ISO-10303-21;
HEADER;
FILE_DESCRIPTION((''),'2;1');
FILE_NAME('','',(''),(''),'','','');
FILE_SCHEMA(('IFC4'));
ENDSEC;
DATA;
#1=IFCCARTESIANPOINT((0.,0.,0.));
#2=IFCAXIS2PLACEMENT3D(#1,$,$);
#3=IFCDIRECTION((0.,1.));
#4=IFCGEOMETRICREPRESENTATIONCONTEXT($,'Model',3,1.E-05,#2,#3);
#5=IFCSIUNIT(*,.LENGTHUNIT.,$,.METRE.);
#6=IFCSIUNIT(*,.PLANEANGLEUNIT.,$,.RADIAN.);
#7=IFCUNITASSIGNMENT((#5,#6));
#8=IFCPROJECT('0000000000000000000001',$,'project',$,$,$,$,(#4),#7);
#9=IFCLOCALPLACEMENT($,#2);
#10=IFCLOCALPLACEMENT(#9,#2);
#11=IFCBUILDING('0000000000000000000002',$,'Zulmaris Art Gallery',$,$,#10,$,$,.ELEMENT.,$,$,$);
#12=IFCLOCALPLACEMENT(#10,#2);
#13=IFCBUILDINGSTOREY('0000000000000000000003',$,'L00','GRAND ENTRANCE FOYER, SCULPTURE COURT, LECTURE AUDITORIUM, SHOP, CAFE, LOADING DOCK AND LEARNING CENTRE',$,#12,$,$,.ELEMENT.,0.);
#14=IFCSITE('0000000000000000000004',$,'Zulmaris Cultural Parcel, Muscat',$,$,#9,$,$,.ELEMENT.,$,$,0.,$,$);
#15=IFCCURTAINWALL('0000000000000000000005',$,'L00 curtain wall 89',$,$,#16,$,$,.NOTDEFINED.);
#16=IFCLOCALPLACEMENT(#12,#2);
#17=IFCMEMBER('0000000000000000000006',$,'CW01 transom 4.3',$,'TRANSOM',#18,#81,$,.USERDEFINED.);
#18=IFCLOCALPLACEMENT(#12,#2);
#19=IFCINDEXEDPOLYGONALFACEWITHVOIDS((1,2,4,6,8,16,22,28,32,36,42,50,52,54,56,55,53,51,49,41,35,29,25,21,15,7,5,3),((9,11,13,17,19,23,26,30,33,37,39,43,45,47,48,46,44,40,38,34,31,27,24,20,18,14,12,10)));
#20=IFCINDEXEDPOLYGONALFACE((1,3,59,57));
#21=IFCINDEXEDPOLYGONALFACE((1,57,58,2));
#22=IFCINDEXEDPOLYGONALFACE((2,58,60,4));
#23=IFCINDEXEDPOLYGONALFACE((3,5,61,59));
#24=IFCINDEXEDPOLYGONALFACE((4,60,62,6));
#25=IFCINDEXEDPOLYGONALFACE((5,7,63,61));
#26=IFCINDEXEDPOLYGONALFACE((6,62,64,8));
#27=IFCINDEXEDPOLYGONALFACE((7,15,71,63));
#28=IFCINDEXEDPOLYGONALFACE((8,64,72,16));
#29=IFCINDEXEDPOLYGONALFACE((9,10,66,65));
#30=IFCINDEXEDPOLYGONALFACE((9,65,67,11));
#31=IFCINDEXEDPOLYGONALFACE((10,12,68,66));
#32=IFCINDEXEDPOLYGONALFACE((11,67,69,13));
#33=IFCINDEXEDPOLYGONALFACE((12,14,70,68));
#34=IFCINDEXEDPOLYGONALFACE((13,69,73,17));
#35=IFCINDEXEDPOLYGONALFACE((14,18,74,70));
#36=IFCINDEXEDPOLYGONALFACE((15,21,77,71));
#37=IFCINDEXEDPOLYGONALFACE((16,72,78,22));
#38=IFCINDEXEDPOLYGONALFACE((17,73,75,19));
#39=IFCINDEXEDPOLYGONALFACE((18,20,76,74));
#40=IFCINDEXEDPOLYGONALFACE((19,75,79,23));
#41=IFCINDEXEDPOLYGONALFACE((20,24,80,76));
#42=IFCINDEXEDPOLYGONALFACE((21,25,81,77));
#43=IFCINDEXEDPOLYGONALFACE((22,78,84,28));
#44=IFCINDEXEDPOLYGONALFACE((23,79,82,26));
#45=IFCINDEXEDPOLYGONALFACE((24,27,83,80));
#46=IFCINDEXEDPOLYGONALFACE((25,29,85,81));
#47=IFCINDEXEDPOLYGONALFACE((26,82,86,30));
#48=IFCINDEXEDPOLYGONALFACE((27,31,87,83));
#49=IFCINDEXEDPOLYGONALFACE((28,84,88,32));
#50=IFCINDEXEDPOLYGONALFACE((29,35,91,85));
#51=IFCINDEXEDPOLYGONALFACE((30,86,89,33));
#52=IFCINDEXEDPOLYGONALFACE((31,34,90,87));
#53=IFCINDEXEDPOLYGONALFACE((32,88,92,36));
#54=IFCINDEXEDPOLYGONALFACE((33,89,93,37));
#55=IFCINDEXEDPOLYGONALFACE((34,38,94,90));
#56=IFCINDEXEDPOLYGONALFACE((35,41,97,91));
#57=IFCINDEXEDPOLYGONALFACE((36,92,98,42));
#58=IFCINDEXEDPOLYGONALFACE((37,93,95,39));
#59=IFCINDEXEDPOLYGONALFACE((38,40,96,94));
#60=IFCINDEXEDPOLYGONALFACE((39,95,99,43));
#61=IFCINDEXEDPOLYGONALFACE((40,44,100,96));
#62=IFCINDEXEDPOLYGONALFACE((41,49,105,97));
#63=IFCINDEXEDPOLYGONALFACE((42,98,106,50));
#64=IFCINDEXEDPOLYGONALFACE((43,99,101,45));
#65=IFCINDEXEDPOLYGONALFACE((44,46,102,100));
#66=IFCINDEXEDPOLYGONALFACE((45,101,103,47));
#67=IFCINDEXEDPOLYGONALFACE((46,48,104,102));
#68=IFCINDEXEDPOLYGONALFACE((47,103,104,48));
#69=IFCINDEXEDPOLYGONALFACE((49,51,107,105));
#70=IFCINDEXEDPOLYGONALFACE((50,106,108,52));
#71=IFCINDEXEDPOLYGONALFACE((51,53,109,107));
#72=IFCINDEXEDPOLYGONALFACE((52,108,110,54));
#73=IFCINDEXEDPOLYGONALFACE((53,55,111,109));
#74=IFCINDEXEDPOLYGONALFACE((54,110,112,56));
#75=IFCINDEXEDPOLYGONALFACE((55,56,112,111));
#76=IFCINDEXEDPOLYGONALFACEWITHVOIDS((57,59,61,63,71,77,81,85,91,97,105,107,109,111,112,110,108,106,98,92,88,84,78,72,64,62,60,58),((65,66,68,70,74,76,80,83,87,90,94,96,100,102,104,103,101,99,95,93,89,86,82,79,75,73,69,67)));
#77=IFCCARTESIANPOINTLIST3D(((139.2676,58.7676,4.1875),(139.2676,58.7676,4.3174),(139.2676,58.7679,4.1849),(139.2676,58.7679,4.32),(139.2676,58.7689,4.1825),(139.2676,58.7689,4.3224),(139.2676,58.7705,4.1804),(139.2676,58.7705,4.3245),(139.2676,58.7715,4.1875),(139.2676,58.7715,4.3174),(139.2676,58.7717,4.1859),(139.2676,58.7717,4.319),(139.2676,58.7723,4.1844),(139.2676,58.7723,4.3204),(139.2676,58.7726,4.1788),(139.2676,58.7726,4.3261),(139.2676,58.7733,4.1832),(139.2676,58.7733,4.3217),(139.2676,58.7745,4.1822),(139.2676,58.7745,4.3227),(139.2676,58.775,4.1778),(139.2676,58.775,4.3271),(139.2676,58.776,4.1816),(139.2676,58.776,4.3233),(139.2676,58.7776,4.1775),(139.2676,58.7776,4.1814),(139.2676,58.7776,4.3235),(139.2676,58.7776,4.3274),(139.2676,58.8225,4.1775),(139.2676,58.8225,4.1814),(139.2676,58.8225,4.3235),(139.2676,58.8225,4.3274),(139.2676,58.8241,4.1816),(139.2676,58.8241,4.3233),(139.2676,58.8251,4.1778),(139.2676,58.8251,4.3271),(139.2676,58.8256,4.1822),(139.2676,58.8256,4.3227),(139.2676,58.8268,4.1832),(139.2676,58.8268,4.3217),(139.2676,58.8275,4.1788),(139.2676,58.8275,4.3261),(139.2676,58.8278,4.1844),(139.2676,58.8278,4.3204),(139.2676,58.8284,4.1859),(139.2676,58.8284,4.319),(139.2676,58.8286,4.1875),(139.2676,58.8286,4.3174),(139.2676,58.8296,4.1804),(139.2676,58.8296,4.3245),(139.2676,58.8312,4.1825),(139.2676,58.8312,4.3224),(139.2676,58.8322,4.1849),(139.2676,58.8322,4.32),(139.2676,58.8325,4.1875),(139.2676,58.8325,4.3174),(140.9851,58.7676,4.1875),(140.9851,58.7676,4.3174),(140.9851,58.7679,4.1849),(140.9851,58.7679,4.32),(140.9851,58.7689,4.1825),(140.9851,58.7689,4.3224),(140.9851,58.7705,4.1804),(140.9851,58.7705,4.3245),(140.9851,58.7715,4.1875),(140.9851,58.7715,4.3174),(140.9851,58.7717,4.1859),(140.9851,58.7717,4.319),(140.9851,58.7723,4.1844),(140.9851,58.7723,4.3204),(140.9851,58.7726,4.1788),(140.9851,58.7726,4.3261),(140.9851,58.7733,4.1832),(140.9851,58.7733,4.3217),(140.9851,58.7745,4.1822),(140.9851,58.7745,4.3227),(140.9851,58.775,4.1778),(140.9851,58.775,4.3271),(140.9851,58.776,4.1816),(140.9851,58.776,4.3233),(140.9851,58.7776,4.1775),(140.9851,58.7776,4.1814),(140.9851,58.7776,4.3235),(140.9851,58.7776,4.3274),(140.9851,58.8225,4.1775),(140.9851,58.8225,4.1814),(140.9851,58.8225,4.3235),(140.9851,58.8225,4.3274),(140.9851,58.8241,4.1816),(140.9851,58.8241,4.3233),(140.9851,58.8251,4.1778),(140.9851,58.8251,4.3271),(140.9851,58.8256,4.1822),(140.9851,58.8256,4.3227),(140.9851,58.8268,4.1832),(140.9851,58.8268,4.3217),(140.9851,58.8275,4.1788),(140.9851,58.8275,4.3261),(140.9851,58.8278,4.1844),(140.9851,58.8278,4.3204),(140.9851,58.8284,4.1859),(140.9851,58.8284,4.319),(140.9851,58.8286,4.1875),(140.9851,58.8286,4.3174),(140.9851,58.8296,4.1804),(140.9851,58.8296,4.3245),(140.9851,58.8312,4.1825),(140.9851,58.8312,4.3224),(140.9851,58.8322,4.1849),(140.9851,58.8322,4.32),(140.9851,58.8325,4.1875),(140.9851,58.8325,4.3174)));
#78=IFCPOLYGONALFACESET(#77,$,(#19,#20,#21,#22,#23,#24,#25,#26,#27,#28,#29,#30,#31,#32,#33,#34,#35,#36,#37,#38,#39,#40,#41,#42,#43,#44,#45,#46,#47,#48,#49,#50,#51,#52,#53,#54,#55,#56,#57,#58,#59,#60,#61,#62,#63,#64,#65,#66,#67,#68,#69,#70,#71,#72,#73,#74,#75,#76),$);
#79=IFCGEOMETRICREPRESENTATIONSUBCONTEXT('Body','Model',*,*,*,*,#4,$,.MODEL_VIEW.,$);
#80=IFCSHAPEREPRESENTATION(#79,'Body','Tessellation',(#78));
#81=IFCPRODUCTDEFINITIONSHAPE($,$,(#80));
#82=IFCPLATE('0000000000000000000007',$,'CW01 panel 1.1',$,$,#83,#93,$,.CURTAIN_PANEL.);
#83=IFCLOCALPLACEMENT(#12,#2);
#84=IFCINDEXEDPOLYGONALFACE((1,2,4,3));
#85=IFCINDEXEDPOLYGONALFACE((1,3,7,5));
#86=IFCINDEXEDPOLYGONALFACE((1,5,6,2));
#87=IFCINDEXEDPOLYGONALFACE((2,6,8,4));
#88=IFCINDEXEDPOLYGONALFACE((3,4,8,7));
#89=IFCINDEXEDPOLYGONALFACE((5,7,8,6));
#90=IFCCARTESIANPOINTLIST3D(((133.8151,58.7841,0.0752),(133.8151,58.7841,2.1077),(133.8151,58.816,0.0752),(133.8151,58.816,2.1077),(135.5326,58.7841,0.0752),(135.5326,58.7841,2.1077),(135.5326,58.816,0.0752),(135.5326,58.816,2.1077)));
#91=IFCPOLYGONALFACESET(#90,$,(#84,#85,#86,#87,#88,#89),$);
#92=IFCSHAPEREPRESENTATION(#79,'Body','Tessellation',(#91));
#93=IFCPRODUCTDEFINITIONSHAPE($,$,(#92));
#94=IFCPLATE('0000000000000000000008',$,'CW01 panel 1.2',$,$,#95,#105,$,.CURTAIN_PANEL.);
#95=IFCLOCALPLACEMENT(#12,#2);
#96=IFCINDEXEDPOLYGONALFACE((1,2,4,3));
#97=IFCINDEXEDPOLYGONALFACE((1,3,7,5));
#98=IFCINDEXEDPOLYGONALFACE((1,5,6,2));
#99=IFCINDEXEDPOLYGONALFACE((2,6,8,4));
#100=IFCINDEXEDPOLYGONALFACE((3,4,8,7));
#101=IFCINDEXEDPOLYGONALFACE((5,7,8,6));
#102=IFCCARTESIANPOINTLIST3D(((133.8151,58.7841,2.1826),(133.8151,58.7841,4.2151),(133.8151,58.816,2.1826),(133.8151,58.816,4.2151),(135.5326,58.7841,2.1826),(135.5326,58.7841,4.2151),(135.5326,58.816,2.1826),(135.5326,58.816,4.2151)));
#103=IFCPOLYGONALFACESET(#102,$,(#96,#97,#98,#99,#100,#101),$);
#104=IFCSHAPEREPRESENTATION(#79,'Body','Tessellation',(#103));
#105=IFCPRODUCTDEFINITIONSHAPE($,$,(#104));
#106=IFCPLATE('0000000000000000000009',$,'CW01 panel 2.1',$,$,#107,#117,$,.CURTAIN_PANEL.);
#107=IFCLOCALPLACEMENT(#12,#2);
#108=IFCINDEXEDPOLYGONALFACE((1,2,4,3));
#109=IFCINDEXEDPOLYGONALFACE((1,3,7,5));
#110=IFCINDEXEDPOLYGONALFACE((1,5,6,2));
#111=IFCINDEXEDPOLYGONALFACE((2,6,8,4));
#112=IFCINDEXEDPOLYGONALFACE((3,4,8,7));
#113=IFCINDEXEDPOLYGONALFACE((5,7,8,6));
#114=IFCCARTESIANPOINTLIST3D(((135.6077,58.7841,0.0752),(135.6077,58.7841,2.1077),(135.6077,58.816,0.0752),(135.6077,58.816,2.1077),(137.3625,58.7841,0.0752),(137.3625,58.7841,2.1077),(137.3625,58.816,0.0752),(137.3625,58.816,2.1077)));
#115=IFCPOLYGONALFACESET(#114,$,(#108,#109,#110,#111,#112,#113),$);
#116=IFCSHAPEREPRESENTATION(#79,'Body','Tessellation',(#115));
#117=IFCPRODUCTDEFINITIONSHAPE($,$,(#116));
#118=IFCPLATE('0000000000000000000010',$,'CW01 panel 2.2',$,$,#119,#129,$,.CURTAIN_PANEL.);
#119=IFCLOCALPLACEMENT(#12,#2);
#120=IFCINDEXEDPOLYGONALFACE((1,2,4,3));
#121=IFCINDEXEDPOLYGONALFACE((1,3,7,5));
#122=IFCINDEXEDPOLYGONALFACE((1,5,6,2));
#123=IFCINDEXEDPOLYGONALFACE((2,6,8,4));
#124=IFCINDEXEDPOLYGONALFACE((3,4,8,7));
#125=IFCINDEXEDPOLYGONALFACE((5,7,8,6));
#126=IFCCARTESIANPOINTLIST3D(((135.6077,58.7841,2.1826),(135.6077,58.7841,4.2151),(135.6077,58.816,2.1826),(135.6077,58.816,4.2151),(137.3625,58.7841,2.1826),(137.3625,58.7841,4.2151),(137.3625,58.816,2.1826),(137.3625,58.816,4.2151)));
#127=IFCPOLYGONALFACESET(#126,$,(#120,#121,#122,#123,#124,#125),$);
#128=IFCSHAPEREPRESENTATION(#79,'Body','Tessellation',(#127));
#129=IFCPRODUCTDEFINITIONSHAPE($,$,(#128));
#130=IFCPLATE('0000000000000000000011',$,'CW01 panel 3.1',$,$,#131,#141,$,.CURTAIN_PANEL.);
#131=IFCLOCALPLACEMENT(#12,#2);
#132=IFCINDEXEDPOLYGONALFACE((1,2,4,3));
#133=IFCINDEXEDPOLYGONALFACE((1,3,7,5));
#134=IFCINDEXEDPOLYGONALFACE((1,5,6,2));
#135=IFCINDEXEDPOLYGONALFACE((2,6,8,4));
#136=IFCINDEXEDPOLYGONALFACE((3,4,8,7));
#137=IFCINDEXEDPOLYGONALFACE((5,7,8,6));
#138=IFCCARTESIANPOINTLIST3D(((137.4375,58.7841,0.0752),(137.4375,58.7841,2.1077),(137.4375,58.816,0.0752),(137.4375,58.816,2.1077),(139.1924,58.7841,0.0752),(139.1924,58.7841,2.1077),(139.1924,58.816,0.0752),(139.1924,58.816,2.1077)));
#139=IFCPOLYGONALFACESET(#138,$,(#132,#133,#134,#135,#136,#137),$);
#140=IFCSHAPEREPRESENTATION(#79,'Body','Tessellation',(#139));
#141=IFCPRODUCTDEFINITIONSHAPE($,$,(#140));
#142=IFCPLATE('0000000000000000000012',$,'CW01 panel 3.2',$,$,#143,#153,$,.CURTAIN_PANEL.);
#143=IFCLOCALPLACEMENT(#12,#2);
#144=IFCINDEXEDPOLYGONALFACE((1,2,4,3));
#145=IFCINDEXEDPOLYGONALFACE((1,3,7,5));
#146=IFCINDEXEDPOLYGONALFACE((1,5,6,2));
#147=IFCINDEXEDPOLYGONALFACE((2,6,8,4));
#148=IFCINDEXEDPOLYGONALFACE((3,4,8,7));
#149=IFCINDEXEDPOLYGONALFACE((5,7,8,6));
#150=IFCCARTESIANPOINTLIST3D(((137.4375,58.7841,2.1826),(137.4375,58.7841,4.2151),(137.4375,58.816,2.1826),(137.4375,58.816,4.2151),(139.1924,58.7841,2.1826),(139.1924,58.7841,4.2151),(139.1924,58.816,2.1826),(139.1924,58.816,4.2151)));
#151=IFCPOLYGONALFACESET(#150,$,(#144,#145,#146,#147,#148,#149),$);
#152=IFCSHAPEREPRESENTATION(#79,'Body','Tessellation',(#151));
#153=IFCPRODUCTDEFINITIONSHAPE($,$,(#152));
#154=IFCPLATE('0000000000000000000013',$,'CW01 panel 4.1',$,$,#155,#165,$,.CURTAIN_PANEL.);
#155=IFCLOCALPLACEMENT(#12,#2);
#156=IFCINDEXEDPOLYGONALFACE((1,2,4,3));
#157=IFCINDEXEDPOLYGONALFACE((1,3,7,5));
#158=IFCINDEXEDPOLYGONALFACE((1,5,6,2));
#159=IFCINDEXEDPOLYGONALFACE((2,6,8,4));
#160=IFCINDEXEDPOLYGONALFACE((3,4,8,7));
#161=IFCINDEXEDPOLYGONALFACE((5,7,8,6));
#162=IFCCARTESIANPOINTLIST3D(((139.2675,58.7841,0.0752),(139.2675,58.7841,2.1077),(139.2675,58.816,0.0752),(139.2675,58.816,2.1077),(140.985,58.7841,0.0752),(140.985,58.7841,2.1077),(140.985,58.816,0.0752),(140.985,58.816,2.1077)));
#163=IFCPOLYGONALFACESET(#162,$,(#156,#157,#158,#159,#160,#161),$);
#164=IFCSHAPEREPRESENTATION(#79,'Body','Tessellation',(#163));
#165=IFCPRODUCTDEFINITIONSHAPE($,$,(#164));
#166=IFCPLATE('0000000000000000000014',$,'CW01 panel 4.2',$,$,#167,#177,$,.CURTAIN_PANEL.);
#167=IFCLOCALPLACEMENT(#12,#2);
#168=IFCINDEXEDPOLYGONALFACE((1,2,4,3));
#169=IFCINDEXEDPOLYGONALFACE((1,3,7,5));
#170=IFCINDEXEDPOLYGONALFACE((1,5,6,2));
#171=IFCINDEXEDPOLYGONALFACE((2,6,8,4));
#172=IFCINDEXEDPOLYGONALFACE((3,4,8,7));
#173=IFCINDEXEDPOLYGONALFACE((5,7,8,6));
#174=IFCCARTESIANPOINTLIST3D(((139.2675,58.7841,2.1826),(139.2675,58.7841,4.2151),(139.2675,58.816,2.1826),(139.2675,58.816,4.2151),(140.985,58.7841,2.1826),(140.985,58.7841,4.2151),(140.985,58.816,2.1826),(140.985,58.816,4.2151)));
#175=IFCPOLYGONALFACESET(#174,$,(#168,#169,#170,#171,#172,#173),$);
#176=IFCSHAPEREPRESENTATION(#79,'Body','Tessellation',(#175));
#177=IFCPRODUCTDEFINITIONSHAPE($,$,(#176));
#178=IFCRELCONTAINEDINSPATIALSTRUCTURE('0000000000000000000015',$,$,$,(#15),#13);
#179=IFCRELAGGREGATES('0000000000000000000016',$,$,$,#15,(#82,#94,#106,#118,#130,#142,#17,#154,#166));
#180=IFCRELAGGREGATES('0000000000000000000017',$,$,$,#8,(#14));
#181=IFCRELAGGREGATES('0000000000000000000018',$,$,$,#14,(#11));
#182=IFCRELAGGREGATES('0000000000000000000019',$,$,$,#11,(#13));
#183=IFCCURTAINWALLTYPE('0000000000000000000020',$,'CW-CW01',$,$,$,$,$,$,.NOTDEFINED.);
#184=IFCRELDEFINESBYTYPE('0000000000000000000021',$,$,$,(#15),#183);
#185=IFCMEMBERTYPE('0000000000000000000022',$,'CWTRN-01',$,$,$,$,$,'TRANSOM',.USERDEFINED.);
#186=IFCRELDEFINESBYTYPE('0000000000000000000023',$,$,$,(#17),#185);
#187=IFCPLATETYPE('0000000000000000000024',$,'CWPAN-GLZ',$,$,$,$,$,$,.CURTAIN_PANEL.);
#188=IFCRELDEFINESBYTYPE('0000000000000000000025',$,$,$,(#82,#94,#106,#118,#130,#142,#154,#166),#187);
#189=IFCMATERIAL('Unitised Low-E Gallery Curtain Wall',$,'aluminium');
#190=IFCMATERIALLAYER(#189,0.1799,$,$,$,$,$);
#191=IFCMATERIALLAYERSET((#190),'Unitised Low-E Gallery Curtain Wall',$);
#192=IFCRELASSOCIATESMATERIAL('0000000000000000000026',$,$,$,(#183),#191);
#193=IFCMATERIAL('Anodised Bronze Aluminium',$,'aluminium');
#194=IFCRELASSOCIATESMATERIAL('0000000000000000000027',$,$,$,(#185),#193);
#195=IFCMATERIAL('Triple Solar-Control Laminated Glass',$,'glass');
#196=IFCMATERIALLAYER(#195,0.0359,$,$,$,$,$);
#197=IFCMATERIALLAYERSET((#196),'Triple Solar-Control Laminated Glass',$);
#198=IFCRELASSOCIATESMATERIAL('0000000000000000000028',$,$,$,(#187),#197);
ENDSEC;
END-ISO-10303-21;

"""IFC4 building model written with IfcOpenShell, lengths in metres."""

from ifc_helpers import new_model, si_unit, direction, frame, origin, origin_2d, place, context, subcontext, project, spatial, rectangle, hollow_rectangle, extrude, material, layer, layer_set, material_profile, profile_set, type_object, element, aggregate, save


model = new_model("IFC4")

# Units and contexts
model_context = context("Model", 3, precision=1e-05, world=origin(), true_north=direction((0.0, 1.0)))
body_context = subcontext(model_context, "Body", "Model", "MODEL_VIEW")
ifc_project = project(units=[si_unit("LENGTHUNIT", "METRE"), si_unit("PLANEANGLEUNIT", "RADIAN")], contexts=[model_context])

# Site, building, storey
site_placement = place(None, origin())
site = spatial("IfcSite", under=ifc_project, at=site_placement, Name="Zulmaris Cultural Parcel, Muscat", CompositionType="ELEMENT", RefElevation=0.0)
building_placement = place(site_placement, origin())
building = spatial("IfcBuilding", under=site, at=building_placement, Name="Zulmaris Art Gallery", CompositionType="ELEMENT")
storey_placement = place(building_placement, origin())
storey = spatial("IfcBuildingStorey", under=building, at=storey_placement, Name="L00", Description="GRAND ENTRANCE FOYER, SCULPTURE COURT, LECTURE AUDITORIUM, SHOP, CAFE, LOADING DOCK AND LEARNING CENTRE", CompositionType="ELEMENT", Elevation=0.0)

# Shared definitions
ifc_material_1 = material(Name="Unitised Low-E Gallery Curtain Wall", Category="aluminium")
ifc_layer_1 = layer(ifc_material_1, 0.1799)
ifc_layer_set_1 = layer_set([ifc_layer_1], Name="Unitised Low-E Gallery Curtain Wall")
curtain_wall_type = type_object("IfcCurtainWallType", Name="CW-CW01", PredefinedType="NOTDEFINED", material=ifc_layer_set_1)
ifc_material_2 = material(Name="Anodised Bronze Aluminium", Category="aluminium")

# Curtain wall, member, plates
curtain_wall_1_placement = place(storey_placement, origin())
curtain_wall_1 = element("IfcCurtainWall", 1, at=curtain_wall_1_placement, inside=storey, type_object=curtain_wall_type, Name="L00 curtain wall 89", PredefinedType="NOTDEFINED")
ifc_material_profile_1 = material_profile(ifc_material_2, hollow_rectangle(XDim=0.0649, YDim=0.1499, WallThickness=0.0039, InnerFilletRadius=0.0061, OuterFilletRadius=0.01, at=origin_2d()), Name="ALU 65x150x4")
ifc_profile_set_1 = profile_set([ifc_material_profile_1], Name="Anodised Bronze Aluminium")
member_type_1 = type_object("IfcMemberType", Name="CWTRN-01", ElementType="TRANSOM", PredefinedType="USERDEFINED", material=ifc_profile_set_1)
member_1_placement = place(storey_placement, frame((139.2676, 58.8, 4.2524), z_axis=(1.0, 0.0, 0.0), x_axis=(0.0, 1.0, 0.0)))
member_1 = element("IfcMember", 2, at=member_1_placement, type_object=member_type_1, Name="CW01 transom 4.3", ObjectType="TRANSOM", PredefinedType="USERDEFINED", context=body_context, shape_type="SweptSolid", body=[
    extrude(hollow_rectangle(XDim=0.0649, YDim=0.1499, WallThickness=0.0039, InnerFilletRadius=0.0061, OuterFilletRadius=0.01, at=origin_2d()), origin(), (0.0, 0.0, 1.0), 1.7175),
])
ifc_material_3 = material(Name="Triple Solar-Control Laminated Glass", Category="glass")
ifc_layer_2 = layer(ifc_material_3, 0.0359)
ifc_layer_set_2 = layer_set([ifc_layer_2], Name="Triple Solar-Control Laminated Glass")
plate_type = type_object("IfcPlateType", Name="CWPAN-GLZ", PredefinedType="CURTAIN_PANEL", material=ifc_layer_set_2)
plate_1_placement = place(storey_placement, frame((134.6738, 58.8, 0.0752), z_axis=(0.0, 0.0, 1.0), x_axis=(1.0, 0.0, 0.0)))
plate_1 = element("IfcPlate", 3, at=plate_1_placement, type_object=plate_type, Name="CW01 panel 1.1", PredefinedType="CURTAIN_PANEL", context=body_context, shape_type="SweptSolid", body=[
    extrude(rectangle(XDim=1.7175, YDim=0.032, at=origin_2d()), origin(), (0.0, 0.0, 1.0), 2.0325),
])
plate_2_placement = place(storey_placement, frame((134.6738, 58.8, 2.1826), z_axis=(0.0, 0.0, 1.0), x_axis=(1.0, 0.0, 0.0)))
plate_2 = element("IfcPlate", 4, at=plate_2_placement, type_object=plate_type, Name="CW01 panel 1.2", PredefinedType="CURTAIN_PANEL", context=body_context, shape_type="SweptSolid", body=[
    extrude(rectangle(XDim=1.7175, YDim=0.032, at=origin_2d()), origin(), (0.0, 0.0, 1.0), 2.0325),
])
plate_3_placement = place(storey_placement, frame((136.4851, 58.8, 0.0752), z_axis=(0.0, 0.0, 1.0), x_axis=(1.0, 0.0, 0.0)))
plate_3 = element("IfcPlate", 5, at=plate_3_placement, type_object=plate_type, Name="CW01 panel 2.1", PredefinedType="CURTAIN_PANEL", context=body_context, shape_type="SweptSolid", body=[
    extrude(rectangle(XDim=1.7549, YDim=0.032, at=origin_2d()), origin(), (0.0, 0.0, 1.0), 2.0325),
])
plate_4_placement = place(storey_placement, frame((136.4851, 58.8, 2.1826), z_axis=(0.0, 0.0, 1.0), x_axis=(1.0, 0.0, 0.0)))
plate_4 = element("IfcPlate", 6, at=plate_4_placement, type_object=plate_type, Name="CW01 panel 2.2", PredefinedType="CURTAIN_PANEL", context=body_context, shape_type="SweptSolid", body=[
    extrude(rectangle(XDim=1.7549, YDim=0.032, at=origin_2d()), origin(), (0.0, 0.0, 1.0), 2.0325),
])
plate_5_placement = place(storey_placement, frame((138.3149, 58.8, 0.0752), z_axis=(0.0, 0.0, 1.0), x_axis=(1.0, 0.0, 0.0)))
plate_5 = element("IfcPlate", 7, at=plate_5_placement, type_object=plate_type, Name="CW01 panel 3.1", PredefinedType="CURTAIN_PANEL", context=body_context, shape_type="SweptSolid", body=[
    extrude(rectangle(XDim=1.7549, YDim=0.032, at=origin_2d()), origin(), (0.0, 0.0, 1.0), 2.0325),
])
plate_6_placement = place(storey_placement, frame((138.3149, 58.8, 2.1826), z_axis=(0.0, 0.0, 1.0), x_axis=(1.0, 0.0, 0.0)))
plate_6 = element("IfcPlate", 8, at=plate_6_placement, type_object=plate_type, Name="CW01 panel 3.2", PredefinedType="CURTAIN_PANEL", context=body_context, shape_type="SweptSolid", body=[
    extrude(rectangle(XDim=1.7549, YDim=0.032, at=origin_2d()), origin(), (0.0, 0.0, 1.0), 2.0325),
])
plate_7_placement = place(storey_placement, frame((140.1262, 58.8, 0.0752), z_axis=(0.0, 0.0, 1.0), x_axis=(1.0, 0.0, 0.0)))
plate_7 = element("IfcPlate", 9, at=plate_7_placement, type_object=plate_type, Name="CW01 panel 4.1", PredefinedType="CURTAIN_PANEL", context=body_context, shape_type="SweptSolid", body=[
    extrude(rectangle(XDim=1.7175, YDim=0.032, at=origin_2d()), origin(), (0.0, 0.0, 1.0), 2.0325),
])
plate_8_placement = place(storey_placement, frame((140.1262, 58.8, 2.1826), z_axis=(0.0, 0.0, 1.0), x_axis=(1.0, 0.0, 0.0)))
plate_8 = element("IfcPlate", 10, at=plate_8_placement, type_object=plate_type, Name="CW01 panel 4.2", PredefinedType="CURTAIN_PANEL", context=body_context, shape_type="SweptSolid", body=[
    extrude(rectangle(XDim=1.7175, YDim=0.032, at=origin_2d()), origin(), (0.0, 0.0, 1.0), 2.0325),
])
aggregate(curtain_wall_1, [plate_1, plate_2, plate_3, plate_4, plate_5, plate_6, member_1, plate_7, plate_8])

save(model, "model.ifc")
